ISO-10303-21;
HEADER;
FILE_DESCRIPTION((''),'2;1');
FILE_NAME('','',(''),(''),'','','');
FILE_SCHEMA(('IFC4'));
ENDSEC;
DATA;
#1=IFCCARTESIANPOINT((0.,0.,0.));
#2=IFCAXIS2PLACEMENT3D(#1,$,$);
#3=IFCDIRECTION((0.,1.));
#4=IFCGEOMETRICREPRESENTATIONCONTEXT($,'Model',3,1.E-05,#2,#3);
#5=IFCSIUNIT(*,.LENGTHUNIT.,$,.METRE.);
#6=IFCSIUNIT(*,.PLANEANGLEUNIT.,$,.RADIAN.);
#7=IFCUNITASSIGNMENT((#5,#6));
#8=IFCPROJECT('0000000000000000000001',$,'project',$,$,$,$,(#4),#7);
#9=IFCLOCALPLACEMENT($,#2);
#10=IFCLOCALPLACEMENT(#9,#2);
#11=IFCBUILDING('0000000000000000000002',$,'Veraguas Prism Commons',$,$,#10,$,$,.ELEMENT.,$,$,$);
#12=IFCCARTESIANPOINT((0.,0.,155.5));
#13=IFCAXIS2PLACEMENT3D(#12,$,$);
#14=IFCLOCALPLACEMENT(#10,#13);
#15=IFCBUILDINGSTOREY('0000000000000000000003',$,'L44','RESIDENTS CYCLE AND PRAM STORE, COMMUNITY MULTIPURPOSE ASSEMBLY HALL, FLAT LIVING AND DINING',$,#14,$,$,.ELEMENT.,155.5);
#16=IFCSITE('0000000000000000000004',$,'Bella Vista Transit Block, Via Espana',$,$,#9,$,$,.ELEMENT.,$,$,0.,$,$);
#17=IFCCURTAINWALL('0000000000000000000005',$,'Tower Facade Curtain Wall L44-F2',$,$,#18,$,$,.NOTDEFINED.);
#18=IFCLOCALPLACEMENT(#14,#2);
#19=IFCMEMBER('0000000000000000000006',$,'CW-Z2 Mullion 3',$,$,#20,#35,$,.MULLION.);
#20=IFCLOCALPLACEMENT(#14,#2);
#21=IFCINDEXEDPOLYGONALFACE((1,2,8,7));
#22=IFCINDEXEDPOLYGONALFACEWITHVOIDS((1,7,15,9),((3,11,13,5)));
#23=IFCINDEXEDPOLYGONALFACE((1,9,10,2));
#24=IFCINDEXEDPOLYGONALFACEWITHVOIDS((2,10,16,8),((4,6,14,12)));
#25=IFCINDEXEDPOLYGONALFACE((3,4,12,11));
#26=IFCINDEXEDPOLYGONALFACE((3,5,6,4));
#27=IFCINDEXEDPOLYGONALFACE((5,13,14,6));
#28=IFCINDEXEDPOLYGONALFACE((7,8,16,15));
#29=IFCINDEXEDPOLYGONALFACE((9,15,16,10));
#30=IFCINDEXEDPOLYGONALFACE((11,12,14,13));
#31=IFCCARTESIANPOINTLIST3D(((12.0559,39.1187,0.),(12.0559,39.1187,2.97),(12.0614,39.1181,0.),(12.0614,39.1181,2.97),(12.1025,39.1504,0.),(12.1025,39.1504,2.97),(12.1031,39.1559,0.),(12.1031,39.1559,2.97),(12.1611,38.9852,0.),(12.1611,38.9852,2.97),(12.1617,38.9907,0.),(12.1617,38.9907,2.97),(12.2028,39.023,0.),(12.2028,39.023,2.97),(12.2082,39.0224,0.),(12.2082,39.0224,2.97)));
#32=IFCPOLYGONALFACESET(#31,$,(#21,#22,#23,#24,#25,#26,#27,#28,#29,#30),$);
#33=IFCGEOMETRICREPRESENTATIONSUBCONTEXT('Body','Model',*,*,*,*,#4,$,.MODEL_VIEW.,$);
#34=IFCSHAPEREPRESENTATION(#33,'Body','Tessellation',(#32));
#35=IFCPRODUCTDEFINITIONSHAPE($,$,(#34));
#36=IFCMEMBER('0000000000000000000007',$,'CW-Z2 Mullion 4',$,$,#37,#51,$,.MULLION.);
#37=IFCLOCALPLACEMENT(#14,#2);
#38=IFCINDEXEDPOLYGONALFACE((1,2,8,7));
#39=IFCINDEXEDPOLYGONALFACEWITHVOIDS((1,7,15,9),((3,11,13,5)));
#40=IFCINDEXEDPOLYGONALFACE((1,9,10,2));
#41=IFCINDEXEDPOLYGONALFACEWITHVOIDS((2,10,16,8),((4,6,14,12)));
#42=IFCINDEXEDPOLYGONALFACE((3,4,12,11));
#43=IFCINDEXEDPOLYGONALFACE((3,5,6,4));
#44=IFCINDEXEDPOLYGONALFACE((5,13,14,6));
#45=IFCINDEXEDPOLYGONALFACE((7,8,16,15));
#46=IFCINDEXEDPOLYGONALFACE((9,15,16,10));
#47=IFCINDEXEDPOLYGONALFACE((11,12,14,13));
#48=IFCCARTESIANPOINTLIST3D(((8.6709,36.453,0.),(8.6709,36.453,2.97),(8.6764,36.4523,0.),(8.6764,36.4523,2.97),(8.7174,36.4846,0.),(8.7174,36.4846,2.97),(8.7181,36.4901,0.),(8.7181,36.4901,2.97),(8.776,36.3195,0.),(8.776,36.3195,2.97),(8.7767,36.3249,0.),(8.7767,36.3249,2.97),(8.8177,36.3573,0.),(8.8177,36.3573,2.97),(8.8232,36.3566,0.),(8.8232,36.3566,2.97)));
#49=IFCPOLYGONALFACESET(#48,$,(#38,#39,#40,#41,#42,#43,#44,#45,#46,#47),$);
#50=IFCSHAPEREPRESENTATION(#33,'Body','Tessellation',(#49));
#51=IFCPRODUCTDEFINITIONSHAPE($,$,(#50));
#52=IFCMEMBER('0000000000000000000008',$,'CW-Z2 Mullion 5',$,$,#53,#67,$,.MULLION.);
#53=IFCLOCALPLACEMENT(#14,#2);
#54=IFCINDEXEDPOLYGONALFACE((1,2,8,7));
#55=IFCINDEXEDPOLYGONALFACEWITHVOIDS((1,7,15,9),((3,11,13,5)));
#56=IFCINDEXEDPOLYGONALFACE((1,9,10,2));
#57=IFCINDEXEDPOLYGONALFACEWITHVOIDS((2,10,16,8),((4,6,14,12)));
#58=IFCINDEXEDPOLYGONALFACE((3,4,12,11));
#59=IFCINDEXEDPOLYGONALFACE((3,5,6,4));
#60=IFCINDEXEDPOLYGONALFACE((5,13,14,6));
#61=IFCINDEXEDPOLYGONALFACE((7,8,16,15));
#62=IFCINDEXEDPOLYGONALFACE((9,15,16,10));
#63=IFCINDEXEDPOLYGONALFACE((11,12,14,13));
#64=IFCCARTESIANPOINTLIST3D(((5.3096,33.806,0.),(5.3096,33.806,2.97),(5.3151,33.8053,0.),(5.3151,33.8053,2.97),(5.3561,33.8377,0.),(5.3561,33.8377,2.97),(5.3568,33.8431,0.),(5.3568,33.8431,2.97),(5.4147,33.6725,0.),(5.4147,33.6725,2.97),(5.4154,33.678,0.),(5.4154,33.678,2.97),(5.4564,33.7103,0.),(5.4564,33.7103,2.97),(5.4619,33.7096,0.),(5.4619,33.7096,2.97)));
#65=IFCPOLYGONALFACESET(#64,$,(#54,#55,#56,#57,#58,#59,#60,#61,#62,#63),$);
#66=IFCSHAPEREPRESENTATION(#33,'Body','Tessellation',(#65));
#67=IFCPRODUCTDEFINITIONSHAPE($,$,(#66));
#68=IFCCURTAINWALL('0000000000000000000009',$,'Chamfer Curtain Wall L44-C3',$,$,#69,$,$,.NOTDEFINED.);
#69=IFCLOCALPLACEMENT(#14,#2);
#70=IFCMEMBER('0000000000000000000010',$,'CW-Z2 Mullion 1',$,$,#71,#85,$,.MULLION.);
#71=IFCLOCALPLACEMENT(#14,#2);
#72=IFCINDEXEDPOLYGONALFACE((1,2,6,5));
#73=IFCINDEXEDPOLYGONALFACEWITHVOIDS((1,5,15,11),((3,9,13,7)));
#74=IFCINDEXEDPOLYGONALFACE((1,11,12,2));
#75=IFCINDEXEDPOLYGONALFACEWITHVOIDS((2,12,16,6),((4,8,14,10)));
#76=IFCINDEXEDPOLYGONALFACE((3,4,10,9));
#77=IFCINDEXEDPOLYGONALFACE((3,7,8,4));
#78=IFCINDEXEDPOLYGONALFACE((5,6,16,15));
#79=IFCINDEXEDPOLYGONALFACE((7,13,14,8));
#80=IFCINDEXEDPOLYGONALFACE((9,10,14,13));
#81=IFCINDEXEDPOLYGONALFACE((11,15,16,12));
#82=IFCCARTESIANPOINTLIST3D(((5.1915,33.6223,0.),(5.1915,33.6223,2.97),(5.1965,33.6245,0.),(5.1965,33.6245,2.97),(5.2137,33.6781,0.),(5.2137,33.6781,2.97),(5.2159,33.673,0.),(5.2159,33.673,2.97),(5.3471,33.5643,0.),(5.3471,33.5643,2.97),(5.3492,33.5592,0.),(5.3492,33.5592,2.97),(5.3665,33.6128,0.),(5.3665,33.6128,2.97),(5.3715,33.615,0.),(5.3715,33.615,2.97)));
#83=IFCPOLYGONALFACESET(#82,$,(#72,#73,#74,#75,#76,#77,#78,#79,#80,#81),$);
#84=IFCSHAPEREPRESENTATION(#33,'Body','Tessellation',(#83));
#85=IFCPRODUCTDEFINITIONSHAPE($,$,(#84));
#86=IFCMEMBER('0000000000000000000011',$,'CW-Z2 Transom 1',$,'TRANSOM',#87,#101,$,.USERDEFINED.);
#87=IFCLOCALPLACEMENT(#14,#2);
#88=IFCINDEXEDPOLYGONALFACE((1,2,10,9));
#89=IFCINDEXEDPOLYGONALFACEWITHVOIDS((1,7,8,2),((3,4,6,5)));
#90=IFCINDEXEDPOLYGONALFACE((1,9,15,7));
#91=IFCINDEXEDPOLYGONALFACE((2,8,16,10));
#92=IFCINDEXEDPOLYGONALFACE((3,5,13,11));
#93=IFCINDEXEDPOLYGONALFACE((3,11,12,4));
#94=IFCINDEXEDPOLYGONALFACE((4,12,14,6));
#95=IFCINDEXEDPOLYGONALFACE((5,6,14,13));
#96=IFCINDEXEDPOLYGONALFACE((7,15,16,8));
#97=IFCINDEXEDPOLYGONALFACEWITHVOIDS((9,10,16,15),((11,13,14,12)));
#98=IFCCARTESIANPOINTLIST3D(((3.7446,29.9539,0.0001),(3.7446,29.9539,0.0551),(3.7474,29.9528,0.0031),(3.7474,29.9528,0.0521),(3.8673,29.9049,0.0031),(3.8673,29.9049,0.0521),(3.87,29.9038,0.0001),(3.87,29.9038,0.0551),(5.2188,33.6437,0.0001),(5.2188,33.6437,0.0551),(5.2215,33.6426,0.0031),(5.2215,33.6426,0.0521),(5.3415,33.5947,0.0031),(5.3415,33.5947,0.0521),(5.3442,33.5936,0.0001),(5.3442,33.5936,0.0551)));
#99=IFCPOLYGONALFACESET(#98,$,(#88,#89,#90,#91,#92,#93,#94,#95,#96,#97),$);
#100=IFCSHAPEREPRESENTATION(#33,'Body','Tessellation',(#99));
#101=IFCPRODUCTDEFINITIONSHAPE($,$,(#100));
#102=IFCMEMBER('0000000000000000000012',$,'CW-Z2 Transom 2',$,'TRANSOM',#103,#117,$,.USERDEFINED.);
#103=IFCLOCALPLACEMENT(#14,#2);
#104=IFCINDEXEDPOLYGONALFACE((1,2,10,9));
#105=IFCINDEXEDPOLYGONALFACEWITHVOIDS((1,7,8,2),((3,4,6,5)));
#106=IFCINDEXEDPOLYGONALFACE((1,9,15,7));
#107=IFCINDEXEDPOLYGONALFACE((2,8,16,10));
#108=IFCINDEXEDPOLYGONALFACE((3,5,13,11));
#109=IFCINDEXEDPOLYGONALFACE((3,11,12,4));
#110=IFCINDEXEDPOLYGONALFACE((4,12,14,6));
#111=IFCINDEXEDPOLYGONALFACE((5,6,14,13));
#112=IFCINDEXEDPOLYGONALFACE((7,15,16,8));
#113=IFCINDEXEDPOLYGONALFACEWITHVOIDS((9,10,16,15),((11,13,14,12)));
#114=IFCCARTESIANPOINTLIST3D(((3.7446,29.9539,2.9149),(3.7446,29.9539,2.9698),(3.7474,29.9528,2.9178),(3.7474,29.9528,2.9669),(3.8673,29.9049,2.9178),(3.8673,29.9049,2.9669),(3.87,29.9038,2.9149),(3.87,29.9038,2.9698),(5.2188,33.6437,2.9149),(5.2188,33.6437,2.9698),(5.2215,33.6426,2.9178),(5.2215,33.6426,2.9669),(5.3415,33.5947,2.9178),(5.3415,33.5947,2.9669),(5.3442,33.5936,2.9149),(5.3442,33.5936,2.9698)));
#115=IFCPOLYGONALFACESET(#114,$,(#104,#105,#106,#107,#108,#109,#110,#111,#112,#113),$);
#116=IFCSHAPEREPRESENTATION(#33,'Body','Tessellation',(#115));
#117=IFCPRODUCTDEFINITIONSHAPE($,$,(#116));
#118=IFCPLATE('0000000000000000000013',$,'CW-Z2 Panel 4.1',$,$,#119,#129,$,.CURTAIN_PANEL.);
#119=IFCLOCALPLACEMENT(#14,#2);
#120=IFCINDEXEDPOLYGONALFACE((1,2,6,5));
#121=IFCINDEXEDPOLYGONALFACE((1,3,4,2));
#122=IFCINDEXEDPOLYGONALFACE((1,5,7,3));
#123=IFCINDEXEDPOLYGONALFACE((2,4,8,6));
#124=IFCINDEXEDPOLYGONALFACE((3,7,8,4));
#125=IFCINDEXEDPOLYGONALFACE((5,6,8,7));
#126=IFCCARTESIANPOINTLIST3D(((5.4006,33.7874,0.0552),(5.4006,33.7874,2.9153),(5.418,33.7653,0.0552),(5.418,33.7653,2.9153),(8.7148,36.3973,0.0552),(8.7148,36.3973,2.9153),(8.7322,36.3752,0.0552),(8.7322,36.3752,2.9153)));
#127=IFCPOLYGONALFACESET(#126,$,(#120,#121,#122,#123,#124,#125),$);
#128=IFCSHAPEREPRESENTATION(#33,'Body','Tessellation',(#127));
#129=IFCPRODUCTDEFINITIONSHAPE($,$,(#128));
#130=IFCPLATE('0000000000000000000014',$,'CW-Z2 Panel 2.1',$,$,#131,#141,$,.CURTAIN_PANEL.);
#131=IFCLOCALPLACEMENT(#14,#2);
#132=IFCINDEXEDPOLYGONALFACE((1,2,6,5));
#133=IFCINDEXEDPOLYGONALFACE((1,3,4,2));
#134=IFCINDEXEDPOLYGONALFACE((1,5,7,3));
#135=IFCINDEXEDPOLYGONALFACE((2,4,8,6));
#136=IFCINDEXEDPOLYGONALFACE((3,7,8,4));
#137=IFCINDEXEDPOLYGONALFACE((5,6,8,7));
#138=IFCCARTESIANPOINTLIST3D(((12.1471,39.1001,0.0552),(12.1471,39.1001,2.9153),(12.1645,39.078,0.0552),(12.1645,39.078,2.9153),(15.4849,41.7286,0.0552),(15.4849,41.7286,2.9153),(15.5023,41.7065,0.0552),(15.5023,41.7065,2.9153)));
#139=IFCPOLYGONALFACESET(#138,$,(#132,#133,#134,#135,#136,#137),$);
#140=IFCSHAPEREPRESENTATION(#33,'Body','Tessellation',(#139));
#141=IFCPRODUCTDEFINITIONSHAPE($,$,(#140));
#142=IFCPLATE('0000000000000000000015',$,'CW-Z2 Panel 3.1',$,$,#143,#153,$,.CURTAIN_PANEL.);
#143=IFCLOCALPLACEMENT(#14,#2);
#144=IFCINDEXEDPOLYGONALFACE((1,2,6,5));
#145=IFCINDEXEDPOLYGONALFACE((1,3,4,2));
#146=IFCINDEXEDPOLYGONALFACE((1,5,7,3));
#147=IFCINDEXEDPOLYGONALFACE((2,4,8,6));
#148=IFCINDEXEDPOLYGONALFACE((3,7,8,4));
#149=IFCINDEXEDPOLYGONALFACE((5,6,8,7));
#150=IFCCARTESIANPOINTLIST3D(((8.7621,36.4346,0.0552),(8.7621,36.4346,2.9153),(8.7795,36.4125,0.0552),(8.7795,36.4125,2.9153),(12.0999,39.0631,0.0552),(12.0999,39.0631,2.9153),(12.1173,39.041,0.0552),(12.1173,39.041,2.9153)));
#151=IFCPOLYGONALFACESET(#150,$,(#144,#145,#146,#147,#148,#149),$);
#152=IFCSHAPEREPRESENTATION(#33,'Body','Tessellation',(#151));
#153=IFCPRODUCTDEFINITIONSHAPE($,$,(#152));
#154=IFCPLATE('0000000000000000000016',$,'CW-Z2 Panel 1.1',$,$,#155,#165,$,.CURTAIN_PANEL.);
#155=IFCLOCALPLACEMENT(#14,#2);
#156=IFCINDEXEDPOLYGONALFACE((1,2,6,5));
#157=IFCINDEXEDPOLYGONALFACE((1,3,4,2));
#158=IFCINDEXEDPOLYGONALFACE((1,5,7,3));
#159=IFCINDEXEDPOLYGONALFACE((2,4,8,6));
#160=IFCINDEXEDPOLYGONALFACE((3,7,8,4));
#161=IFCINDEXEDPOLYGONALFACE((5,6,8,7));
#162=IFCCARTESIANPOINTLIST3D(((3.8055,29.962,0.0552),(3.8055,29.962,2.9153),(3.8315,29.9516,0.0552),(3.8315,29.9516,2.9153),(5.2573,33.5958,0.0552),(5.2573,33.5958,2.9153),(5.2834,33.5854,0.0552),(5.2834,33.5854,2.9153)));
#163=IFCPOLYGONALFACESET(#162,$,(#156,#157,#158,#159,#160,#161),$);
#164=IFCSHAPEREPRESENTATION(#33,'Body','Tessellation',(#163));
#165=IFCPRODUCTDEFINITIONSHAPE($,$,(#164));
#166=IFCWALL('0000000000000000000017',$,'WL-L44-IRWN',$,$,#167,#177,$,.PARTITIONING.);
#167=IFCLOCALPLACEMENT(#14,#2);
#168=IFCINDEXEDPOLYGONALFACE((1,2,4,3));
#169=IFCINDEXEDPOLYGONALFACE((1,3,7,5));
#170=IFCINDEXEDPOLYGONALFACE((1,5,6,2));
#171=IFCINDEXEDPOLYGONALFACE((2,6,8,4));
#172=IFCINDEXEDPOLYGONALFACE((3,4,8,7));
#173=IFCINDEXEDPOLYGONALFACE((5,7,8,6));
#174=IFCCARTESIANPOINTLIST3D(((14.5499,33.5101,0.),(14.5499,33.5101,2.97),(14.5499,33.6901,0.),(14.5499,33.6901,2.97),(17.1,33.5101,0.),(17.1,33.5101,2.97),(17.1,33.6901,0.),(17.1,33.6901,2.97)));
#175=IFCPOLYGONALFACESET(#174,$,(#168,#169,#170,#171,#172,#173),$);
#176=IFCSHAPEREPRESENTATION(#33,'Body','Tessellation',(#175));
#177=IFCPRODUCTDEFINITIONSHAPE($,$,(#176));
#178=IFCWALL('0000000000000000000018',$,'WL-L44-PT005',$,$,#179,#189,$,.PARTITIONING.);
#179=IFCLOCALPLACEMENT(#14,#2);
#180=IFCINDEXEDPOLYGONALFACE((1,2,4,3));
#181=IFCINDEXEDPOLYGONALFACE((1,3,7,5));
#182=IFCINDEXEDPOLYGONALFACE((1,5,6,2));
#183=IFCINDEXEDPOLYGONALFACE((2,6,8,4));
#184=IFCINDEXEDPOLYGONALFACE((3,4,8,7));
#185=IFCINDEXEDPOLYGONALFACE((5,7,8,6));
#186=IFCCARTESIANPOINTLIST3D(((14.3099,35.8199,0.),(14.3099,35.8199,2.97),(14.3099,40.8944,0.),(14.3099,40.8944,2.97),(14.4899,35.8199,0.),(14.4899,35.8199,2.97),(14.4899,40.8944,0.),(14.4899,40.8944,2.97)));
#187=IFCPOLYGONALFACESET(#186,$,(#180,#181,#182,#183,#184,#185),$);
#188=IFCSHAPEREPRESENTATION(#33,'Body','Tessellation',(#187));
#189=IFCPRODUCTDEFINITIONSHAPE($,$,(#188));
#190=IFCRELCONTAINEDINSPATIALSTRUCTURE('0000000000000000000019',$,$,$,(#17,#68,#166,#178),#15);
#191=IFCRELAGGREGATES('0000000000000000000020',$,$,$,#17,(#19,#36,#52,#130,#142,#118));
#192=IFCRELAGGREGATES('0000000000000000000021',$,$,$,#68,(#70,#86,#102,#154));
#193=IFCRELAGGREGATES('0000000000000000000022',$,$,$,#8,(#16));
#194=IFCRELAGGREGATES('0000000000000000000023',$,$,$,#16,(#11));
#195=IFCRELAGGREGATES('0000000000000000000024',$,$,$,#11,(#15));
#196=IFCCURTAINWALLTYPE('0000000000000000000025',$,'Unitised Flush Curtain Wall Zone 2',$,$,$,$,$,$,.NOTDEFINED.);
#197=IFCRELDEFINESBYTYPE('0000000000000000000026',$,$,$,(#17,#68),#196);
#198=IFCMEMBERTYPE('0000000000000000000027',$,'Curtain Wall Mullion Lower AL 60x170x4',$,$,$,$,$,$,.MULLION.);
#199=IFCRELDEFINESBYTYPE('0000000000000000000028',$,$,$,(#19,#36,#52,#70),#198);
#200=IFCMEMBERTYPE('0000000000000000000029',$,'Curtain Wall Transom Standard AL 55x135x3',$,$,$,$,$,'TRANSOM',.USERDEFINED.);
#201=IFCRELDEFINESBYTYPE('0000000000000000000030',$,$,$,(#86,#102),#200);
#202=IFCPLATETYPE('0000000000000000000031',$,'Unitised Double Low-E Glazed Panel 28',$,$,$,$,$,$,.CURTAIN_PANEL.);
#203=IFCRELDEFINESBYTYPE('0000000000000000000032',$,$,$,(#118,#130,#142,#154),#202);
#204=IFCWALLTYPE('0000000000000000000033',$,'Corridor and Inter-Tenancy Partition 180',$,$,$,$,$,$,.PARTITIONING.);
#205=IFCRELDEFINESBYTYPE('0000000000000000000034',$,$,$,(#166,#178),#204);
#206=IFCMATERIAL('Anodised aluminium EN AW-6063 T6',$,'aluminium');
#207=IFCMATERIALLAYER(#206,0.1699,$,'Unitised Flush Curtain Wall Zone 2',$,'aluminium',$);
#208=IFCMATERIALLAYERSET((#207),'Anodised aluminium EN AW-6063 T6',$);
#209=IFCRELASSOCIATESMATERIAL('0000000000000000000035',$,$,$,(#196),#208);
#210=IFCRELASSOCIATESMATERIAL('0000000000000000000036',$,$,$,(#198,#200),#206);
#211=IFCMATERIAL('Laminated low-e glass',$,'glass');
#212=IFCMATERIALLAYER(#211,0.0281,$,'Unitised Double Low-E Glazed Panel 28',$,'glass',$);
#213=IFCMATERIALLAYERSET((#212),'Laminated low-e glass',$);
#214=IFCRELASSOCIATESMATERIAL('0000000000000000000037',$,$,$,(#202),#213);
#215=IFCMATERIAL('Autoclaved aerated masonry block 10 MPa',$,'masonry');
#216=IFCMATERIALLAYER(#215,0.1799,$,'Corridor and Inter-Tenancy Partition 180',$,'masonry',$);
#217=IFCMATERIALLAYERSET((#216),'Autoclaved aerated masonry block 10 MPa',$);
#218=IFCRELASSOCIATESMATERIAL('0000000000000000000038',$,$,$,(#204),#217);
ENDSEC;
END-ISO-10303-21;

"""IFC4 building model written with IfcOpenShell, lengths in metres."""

from ifc_helpers import new_model, si_unit, direction, frame, frame_2d, origin, origin_2d, place, context, subcontext, project, spatial, rectangle, hollow_rectangle, extrude, source, transform, mapped, material, layer, layer_set, material_profile, profile_set, type_object, element, aggregate, save


model = new_model("IFC4")

# Units and contexts
model_context = context("Model", 3, precision=1e-05, world=origin(), true_north=direction((0.0, 1.0)))
body_context = subcontext(model_context, "Body", "Model", "MODEL_VIEW")
ifc_project = project(units=[si_unit("LENGTHUNIT", "METRE"), si_unit("PLANEANGLEUNIT", "RADIAN")], contexts=[model_context])

# Site, building, storey
site_placement = place(None, origin())
site = spatial("IfcSite", under=ifc_project, at=site_placement, Name="Bella Vista Transit Block, Via Espana", CompositionType="ELEMENT", RefElevation=0.0)
building_placement = place(site_placement, origin())
building = spatial("IfcBuilding", under=site, at=building_placement, Name="Veraguas Prism Commons", CompositionType="ELEMENT")
storey_placement = place(building_placement, frame((0.0, 0.0, 155.5)))
storey = spatial("IfcBuildingStorey", under=building, at=storey_placement, Name="L44", Description="RESIDENTS CYCLE AND PRAM STORE, COMMUNITY MULTIPURPOSE ASSEMBLY HALL, FLAT LIVING AND DINING", CompositionType="ELEMENT", Elevation=155.5)

# Curtain walls, members
ifc_material_1 = material(Name="Anodised aluminium EN AW-6063 T6", Category="aluminium")
ifc_layer_1 = layer(ifc_material_1, 0.1699, Name="Unitised Flush Curtain Wall Zone 2", Category="aluminium")
ifc_layer_set_1 = layer_set([ifc_layer_1], Name="Anodised aluminium EN AW-6063 T6")
curtain_wall_type = type_object("IfcCurtainWallType", Name="Unitised Flush Curtain Wall Zone 2", PredefinedType="NOTDEFINED", material=ifc_layer_set_1)
curtain_wall_1_placement = place(storey_placement, origin())
curtain_wall_1 = element("IfcCurtainWall", 1, at=curtain_wall_1_placement, inside=storey, type_object=curtain_wall_type, Name="Tower Facade Curtain Wall L44-F2", PredefinedType="NOTDEFINED")
ifc_material_profile_1 = material_profile(ifc_material_1, hollow_rectangle(XDim=0.0601, YDim=0.1699, WallThickness=0.0039, at=origin_2d()), Name="AL60X170X4")
ifc_profile_set_1 = profile_set([ifc_material_profile_1], Name="Anodised aluminium EN AW-6063 T6")
member_type_1 = type_object("IfcMemberType", Name="Curtain Wall Mullion Lower AL 60x170x4", PredefinedType="MULLION", material=ifc_profile_set_1)
shared_shape_1 = source(origin(), body_context, "Body", "SweptSolid", [
    extrude(hollow_rectangle(XDim=0.0601, YDim=0.1699, WallThickness=0.0039, at=origin_2d()), origin(), (0.0, 0.0, 1.0), 2.97),
])
member_1_placement = place(storey_placement, frame((12.1321, 39.0706, 0.0), z_axis=(0.0, 0.0, 1.0), x_axis=(-0.78564, -0.618684, 0.0)))
member_1 = element("IfcMember", 2, at=member_1_placement, type_object=member_type_1, Name="CW-Z2 Mullion 3", PredefinedType="MULLION", context=body_context, shape_type="MappedRepresentation", body=[
    mapped(shared_shape_1, transform((0.0, 0.0, 0.0), scale=1.0)),
])
member_2_placement = place(storey_placement, frame((8.7471, 36.4048, 0.0), z_axis=(0.0, 0.0, 1.0), x_axis=(-0.78564, -0.618684, 0.0)))
member_2 = element("IfcMember", 3, at=member_2_placement, type_object=member_type_1, Name="CW-Z2 Mullion 4", PredefinedType="MULLION", context=body_context, shape_type="MappedRepresentation", body=[
    mapped(shared_shape_1, transform((0.0, 0.0, 0.0), scale=1.0)),
])
member_3_placement = place(storey_placement, frame((5.3857, 33.7578, 0.0), z_axis=(0.0, 0.0, 1.0), x_axis=(-0.78564, -0.618684, 0.0)))
member_3 = element("IfcMember", 4, at=member_3_placement, type_object=member_type_1, Name="CW-Z2 Mullion 5", PredefinedType="MULLION", context=body_context, shape_type="MappedRepresentation", body=[
    mapped(shared_shape_1, transform((0.0, 0.0, 0.0), scale=1.0)),
])
curtain_wall_2_placement = place(storey_placement, origin())
curtain_wall_2 = element("IfcCurtainWall", 5, at=curtain_wall_2_placement, inside=storey, type_object=curtain_wall_type, Name="Chamfer Curtain Wall L44-C3", PredefinedType="NOTDEFINED")
member_4_placement = place(storey_placement, frame((5.2815, 33.6187, 0.0), z_axis=(0.0, 0.0, 1.0), x_axis=(-0.371023, -0.928624, 0.0)))
member_4 = element("IfcMember", 6, at=member_4_placement, type_object=member_type_1, Name="CW-Z2 Mullion 1", PredefinedType="MULLION", context=body_context, shape_type="MappedRepresentation", body=[
    mapped(shared_shape_1, transform((0.0, 0.0, 0.0), scale=1.0)),
])
ifc_material_profile_2 = material_profile(ifc_material_1, hollow_rectangle(XDim=0.0549, YDim=0.135, WallThickness=0.0029, at=origin_2d()), Name="AL55X135X3")
ifc_profile_set_2 = profile_set([ifc_material_profile_2], Name="Anodised aluminium EN AW-6063 T6")
member_type_2 = type_object("IfcMemberType", Name="Curtain Wall Transom Standard AL 55x135x3", ElementType="TRANSOM", PredefinedType="USERDEFINED", material=ifc_profile_set_2)
shared_shape_2 = source(origin(), body_context, "Body", "SweptSolid", [
    extrude(hollow_rectangle(XDim=0.0549, YDim=0.135, WallThickness=0.0029, at=origin_2d()), origin(), (0.0, 0.0, 1.0), 3.9734),
])
member_5_placement = place(storey_placement, frame((5.2815, 33.6187, 0.0276), z_axis=(-0.371009, -0.928629, 0.0), x_axis=(0.0, 0.0, 1.0)))
member_5 = element("IfcMember", 7, at=member_5_placement, type_object=member_type_2, Name="CW-Z2 Transom 1", ObjectType="TRANSOM", PredefinedType="USERDEFINED", context=body_context, shape_type="MappedRepresentation", body=[
    mapped(shared_shape_2, transform((0.0, 0.0, 0.0), scale=1.0)),
])
member_6_placement = place(storey_placement, frame((5.2815, 33.6187, 2.9424), z_axis=(-0.371009, -0.928629, 0.0), x_axis=(0.0, 0.0, 1.0)))
member_6 = element("IfcMember", 8, at=member_6_placement, type_object=member_type_2, Name="CW-Z2 Transom 2", ObjectType="TRANSOM", PredefinedType="USERDEFINED", context=body_context, shape_type="MappedRepresentation", body=[
    mapped(shared_shape_2, transform((0.0, 0.0, 0.0), scale=1.0)),
])

# Plates
ifc_material_2 = material(Name="Laminated low-e glass", Category="glass")
ifc_layer_2 = layer(ifc_material_2, 0.0281, Name="Unitised Double Low-E Glazed Panel 28", Category="glass")
ifc_layer_set_2 = layer_set([ifc_layer_2], Name="Laminated low-e glass")
plate_type = type_object("IfcPlateType", Name="Unitised Double Low-E Glazed Panel 28", PredefinedType="CURTAIN_PANEL", material=ifc_layer_set_2)
shared_shape_3 = source(origin(), body_context, "Body", "SweptSolid", [
    extrude(rectangle(XDim=4.2185, YDim=0.0281, at=origin_2d()), origin(), (0.0, 0.0, 1.0), 2.8601),
])
plate_1_placement = place(storey_placement, frame((7.0664, 35.0813, 0.0552), z_axis=(0.0, 0.0, 1.0), x_axis=(-0.78564, -0.618684, 0.0)))
plate_1 = element("IfcPlate", 9, at=plate_1_placement, type_object=plate_type, Name="CW-Z2 Panel 4.1", PredefinedType="CURTAIN_PANEL", context=body_context, shape_type="MappedRepresentation", body=[
    mapped(shared_shape_3, transform((0.0, 0.0, 0.0), scale=1.0)),
])
shared_shape_4 = source(origin(), body_context, "Body", "SweptSolid", [
    extrude(rectangle(XDim=4.2485, YDim=0.0281, at=origin_2d()), origin(), (0.0, 0.0, 1.0), 2.8601),
])
plate_2_placement = place(storey_placement, frame((13.8247, 40.4033, 0.0552), z_axis=(0.0, 0.0, 1.0), x_axis=(-0.78564, -0.618684, 0.0)))
plate_2 = element("IfcPlate", 10, at=plate_2_placement, type_object=plate_type, Name="CW-Z2 Panel 2.1", PredefinedType="CURTAIN_PANEL", context=body_context, shape_type="MappedRepresentation", body=[
    mapped(shared_shape_4, transform((0.0, 0.0, 0.0), scale=1.0)),
])
plate_3_placement = place(storey_placement, frame((10.4397, 37.7378, 0.0552), z_axis=(0.0, 0.0, 1.0), x_axis=(-0.78564, -0.618684, 0.0)))
plate_3 = element("IfcPlate", 11, at=plate_3_placement, type_object=plate_type, Name="CW-Z2 Panel 3.1", PredefinedType="CURTAIN_PANEL", context=body_context, shape_type="MappedRepresentation", body=[
    mapped(shared_shape_4, transform((0.0, 0.0, 0.0), scale=1.0)),
])
aggregate(curtain_wall_1, [member_1, member_2, member_3, plate_2, plate_3, plate_1])
shared_shape_5 = source(origin(), body_context, "Body", "SweptSolid", [
    extrude(rectangle(XDim=3.9131, YDim=0.0281, at=origin_2d()), origin(), (0.0, 0.0, 1.0), 2.8601),
])
plate_4_placement = place(storey_placement, frame((4.5444, 31.7737, 0.0552), z_axis=(0.0, 0.0, 1.0), x_axis=(-0.371023, -0.928624, 0.0)))
plate_4 = element("IfcPlate", 12, at=plate_4_placement, type_object=plate_type, Name="CW-Z2 Panel 1.1", PredefinedType="CURTAIN_PANEL", context=body_context, shape_type="MappedRepresentation", body=[
    mapped(shared_shape_5, transform((0.0, 0.0, 0.0), scale=1.0)),
])
aggregate(curtain_wall_2, [member_4, member_5, member_6, plate_4])

# Walls
ifc_material_3 = material(Name="Autoclaved aerated masonry block 10 MPa", Category="masonry")
ifc_layer_3 = layer(ifc_material_3, 0.1799, Name="Corridor and Inter-Tenancy Partition 180", Category="masonry")
ifc_layer_set_3 = layer_set([ifc_layer_3], Name="Autoclaved aerated masonry block 10 MPa")
wall_type = type_object("IfcWallType", Name="Corridor and Inter-Tenancy Partition 180", PredefinedType="PARTITIONING", material=ifc_layer_set_3)
wall_1_placement = place(storey_placement, frame((14.55, 33.6001, 0.0), z_axis=(0.0, 0.0, 1.0), x_axis=(1.0, 0.0, 0.0)))
element("IfcWall", 13, at=wall_1_placement, inside=storey, type_object=wall_type, Name="WL-L44-IRWN", PredefinedType="PARTITIONING", context=body_context, shape_type="SweptSolid", body=[
    extrude(rectangle(XDim=2.55, YDim=0.1799, at=frame_2d((1.2749, 0.0))), origin(), (0.0, 0.0, 1.0), 2.97),
])
wall_2_placement = place(storey_placement, frame((14.3999, 35.8201, 0.0), z_axis=(0.0, 0.0, 1.0), x_axis=(0.0, 1.0, 0.0)))
element("IfcWall", 14, at=wall_2_placement, inside=storey, type_object=wall_type, Name="WL-L44-PT005", PredefinedType="PARTITIONING", context=body_context, shape_type="SweptSolid", body=[
    extrude(rectangle(XDim=5.0745, YDim=0.1799, at=frame_2d((2.5371, 0.0))), origin(), (0.0, 0.0, 1.0), 2.97),
])

save(model, "model.ifc")
